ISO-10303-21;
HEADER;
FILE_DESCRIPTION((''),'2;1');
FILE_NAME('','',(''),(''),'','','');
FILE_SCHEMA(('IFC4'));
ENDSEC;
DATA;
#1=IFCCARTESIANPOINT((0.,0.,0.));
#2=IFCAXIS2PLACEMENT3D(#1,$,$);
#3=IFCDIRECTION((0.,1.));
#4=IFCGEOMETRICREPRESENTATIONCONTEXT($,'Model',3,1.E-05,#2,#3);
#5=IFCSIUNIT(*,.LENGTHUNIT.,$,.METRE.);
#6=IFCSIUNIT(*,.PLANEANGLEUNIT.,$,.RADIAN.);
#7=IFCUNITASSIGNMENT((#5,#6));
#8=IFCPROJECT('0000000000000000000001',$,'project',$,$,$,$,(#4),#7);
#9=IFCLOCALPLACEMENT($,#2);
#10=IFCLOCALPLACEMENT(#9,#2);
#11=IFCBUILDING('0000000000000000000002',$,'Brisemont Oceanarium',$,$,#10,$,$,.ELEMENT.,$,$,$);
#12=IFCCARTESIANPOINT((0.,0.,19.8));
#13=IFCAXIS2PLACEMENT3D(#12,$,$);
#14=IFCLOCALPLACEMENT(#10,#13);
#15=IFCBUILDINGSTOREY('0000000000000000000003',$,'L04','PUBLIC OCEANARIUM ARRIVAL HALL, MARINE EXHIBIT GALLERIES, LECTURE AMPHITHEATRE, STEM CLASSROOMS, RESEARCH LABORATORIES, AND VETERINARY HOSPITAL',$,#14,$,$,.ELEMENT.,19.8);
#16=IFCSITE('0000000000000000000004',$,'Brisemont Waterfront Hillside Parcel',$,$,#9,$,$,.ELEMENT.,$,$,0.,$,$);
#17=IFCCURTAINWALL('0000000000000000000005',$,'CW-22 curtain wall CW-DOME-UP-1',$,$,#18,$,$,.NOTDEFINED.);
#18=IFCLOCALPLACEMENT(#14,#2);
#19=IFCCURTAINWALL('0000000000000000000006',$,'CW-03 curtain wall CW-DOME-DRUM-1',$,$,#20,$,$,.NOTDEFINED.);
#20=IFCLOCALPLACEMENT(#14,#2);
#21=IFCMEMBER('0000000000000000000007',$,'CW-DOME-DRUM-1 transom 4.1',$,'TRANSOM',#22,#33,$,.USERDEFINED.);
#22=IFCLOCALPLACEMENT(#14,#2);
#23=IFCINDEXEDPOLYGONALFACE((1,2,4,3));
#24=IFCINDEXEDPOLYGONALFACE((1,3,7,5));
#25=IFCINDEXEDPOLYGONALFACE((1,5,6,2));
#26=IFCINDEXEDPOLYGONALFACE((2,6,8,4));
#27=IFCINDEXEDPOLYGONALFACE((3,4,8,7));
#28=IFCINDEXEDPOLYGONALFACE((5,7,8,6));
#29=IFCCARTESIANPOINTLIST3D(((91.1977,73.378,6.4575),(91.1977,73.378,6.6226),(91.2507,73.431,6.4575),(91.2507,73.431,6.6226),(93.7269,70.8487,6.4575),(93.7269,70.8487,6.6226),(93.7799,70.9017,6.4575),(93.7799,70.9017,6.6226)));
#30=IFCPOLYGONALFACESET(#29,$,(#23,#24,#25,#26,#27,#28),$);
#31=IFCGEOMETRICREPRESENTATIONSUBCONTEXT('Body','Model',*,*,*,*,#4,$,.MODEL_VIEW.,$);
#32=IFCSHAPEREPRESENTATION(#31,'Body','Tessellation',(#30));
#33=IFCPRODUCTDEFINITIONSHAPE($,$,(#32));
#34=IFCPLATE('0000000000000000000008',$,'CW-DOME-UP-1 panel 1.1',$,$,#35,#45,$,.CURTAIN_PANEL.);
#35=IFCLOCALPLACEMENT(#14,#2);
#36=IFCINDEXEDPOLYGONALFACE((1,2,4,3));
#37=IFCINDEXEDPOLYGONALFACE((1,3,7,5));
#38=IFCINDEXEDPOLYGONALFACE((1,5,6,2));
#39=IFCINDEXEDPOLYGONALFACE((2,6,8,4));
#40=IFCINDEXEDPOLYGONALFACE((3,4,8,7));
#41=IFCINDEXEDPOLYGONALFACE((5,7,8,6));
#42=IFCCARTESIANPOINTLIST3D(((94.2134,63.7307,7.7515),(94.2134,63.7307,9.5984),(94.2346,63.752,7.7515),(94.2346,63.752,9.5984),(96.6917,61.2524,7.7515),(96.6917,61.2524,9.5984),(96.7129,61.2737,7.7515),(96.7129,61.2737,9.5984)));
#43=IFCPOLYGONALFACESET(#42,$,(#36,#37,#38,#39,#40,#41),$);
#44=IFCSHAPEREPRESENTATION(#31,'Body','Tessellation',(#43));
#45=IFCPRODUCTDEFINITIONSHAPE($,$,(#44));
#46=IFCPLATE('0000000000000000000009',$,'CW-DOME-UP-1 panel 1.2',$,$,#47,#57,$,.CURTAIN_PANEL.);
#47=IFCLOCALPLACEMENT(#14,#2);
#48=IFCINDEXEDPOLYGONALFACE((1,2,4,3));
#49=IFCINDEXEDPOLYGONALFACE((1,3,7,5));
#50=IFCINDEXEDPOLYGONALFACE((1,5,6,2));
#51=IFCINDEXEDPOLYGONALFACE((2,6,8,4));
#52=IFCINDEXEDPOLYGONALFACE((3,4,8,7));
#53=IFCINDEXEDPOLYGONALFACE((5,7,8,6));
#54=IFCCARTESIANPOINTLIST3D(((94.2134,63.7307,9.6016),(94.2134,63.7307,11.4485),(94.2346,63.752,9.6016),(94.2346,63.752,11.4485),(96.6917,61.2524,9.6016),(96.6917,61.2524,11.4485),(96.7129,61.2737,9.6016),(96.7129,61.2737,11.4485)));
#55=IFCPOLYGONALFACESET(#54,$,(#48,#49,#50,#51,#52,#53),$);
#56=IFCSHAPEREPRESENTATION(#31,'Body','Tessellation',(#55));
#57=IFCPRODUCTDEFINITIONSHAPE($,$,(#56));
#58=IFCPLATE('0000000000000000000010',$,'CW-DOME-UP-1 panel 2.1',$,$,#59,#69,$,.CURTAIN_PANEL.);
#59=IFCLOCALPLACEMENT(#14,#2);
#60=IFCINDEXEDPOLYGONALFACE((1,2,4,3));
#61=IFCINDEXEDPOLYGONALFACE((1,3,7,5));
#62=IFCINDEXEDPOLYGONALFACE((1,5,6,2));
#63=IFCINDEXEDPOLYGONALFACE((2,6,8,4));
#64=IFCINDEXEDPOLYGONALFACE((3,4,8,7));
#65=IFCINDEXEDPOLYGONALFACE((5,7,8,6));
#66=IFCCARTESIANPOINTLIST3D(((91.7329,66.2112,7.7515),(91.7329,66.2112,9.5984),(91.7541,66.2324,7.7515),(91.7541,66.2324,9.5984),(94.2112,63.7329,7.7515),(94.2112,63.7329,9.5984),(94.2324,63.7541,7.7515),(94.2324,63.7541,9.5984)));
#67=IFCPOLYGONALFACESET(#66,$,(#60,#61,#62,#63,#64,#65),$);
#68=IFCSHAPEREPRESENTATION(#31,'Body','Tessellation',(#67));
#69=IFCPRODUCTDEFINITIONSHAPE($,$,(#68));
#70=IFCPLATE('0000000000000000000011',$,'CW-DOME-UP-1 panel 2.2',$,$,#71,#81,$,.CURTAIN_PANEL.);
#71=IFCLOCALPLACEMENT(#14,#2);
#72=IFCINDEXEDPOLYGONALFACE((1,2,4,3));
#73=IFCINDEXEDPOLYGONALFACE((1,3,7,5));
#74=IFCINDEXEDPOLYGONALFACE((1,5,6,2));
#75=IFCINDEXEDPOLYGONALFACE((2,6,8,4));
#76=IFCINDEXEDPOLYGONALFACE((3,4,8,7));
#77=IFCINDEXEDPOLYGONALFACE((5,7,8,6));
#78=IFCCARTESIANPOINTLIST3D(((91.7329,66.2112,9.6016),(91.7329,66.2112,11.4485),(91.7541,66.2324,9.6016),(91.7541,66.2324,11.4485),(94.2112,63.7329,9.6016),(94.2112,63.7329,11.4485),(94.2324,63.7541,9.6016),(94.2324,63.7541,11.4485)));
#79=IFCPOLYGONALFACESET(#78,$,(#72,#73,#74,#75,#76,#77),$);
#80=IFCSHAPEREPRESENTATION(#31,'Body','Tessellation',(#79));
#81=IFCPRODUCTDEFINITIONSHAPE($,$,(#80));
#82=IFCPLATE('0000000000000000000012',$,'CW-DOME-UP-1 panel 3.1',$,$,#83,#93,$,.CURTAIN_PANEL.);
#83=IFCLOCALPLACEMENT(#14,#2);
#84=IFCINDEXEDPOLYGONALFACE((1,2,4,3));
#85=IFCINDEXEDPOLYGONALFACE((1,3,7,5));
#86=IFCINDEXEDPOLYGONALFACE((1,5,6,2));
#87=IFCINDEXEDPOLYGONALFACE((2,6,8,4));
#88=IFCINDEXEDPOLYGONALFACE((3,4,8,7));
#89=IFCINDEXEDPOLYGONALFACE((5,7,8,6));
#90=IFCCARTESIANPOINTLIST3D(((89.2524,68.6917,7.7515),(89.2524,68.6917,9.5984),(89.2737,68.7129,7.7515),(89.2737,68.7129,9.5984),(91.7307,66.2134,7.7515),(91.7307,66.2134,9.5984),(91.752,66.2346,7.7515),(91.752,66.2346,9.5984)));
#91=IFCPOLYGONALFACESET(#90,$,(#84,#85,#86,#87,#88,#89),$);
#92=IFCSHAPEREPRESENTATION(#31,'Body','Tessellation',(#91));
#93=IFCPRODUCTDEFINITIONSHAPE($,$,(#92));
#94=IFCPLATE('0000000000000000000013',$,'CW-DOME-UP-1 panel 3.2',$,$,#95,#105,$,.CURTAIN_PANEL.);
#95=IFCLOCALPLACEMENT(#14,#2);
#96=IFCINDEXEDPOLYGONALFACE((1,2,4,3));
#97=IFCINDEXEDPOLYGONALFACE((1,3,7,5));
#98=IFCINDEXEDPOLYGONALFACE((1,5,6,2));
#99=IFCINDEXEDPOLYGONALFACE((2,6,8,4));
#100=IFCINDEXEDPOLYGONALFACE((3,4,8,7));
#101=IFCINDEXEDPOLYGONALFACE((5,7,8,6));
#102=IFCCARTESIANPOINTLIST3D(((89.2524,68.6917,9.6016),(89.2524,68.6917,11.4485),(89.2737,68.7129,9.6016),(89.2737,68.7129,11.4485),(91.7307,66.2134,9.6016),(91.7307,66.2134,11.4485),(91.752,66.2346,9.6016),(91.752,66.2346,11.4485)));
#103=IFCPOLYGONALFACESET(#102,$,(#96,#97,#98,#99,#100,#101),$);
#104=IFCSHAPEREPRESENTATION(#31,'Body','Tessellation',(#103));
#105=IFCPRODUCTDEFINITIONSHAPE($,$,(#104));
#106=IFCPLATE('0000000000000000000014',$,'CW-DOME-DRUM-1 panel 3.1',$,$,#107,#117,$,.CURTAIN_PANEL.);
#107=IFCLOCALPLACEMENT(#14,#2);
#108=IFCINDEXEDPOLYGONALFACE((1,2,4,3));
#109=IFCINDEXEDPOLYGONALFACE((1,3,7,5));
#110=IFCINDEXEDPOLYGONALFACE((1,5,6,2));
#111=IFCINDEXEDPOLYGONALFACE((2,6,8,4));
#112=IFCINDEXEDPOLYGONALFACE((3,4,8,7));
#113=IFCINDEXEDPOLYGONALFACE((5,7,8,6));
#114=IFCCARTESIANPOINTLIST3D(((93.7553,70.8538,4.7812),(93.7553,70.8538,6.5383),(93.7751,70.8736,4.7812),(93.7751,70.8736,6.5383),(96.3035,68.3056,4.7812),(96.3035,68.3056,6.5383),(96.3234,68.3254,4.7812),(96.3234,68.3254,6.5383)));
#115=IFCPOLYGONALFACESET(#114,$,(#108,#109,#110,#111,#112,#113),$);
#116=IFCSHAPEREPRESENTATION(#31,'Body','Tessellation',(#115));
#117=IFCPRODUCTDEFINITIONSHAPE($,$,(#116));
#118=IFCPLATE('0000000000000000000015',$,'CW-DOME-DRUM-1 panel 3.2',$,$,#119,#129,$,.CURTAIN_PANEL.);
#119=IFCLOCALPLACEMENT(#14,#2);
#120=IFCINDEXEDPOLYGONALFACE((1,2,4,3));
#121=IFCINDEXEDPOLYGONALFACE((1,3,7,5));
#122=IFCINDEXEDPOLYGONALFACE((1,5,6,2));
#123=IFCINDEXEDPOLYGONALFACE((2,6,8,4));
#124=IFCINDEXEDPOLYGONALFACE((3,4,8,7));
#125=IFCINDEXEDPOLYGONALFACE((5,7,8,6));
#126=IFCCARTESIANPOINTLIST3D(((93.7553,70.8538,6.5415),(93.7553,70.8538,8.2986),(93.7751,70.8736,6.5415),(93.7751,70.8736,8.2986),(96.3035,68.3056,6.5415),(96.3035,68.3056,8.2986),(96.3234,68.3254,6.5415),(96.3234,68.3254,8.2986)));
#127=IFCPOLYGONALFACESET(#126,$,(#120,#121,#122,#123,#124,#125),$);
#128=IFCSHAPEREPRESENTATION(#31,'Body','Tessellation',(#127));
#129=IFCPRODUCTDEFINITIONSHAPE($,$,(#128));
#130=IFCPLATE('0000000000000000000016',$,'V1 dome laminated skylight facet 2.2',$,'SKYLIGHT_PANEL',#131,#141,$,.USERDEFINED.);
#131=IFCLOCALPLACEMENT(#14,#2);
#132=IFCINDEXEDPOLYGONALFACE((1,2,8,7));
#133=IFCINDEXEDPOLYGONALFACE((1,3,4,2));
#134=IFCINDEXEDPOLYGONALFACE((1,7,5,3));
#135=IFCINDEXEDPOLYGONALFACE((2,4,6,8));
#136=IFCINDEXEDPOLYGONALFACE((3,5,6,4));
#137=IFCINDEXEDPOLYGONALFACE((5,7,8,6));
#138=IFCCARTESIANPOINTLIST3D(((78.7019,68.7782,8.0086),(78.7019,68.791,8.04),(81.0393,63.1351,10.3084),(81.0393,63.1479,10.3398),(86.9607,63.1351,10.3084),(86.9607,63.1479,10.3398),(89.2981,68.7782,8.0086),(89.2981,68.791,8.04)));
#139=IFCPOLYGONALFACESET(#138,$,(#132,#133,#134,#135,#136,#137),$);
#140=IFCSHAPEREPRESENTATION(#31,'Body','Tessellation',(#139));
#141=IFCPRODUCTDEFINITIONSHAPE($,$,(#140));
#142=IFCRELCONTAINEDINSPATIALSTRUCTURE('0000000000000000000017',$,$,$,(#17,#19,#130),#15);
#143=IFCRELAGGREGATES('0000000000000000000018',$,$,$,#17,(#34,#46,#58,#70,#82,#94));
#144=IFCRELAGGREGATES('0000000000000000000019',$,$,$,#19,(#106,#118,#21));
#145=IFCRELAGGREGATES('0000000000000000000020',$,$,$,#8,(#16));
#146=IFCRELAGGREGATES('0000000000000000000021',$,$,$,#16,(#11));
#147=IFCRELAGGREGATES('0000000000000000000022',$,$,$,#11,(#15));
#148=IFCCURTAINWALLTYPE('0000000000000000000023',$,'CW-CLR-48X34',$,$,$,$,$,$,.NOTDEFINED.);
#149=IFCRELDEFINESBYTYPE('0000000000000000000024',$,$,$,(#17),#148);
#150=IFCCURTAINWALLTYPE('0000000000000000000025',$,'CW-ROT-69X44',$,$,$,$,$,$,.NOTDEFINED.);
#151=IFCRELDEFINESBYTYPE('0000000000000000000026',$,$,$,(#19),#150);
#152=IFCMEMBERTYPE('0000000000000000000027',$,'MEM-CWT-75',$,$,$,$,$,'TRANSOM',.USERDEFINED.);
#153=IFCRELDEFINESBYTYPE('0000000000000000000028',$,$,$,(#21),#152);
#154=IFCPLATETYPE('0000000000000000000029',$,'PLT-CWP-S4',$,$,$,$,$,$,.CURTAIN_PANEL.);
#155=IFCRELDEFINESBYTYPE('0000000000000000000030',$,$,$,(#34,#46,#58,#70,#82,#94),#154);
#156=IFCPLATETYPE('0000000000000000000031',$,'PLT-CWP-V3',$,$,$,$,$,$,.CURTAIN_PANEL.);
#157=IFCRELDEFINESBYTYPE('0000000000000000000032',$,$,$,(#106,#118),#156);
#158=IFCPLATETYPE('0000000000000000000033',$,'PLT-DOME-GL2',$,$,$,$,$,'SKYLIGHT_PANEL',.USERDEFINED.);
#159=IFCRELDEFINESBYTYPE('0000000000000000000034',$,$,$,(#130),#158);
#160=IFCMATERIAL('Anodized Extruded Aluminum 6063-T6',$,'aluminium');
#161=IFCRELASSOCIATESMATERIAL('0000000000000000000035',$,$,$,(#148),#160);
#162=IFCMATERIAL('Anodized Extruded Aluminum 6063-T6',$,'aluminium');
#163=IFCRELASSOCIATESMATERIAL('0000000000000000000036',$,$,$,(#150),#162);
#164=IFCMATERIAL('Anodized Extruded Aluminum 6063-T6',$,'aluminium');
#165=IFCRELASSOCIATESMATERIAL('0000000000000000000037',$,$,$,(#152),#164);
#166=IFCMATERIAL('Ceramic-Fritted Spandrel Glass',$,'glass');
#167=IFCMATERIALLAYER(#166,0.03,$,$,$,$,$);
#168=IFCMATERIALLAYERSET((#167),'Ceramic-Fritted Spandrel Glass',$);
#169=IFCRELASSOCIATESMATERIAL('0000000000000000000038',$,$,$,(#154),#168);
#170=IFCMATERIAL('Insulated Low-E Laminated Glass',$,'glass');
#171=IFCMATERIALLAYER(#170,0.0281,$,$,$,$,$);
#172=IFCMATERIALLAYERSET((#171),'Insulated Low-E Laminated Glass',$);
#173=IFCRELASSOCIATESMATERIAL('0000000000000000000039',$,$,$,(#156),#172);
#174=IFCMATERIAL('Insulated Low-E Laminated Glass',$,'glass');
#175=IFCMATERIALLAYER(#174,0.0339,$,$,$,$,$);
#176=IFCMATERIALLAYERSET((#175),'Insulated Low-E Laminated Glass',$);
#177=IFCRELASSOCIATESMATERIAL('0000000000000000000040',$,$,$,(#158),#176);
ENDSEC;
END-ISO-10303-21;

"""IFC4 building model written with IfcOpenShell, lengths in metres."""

from ifc_helpers import new_model, si_unit, direction, frame, origin, origin_2d, place, context, subcontext, project, spatial, polyline, rectangle, outline, extrude, material, layer, layer_set, material_profile, profile_set, type_object, element, aggregate, save


model = new_model("IFC4")

# Units and contexts
model_context = context("Model", 3, precision=1e-05, world=origin(), true_north=direction((0.0, 1.0)))
body_context = subcontext(model_context, "Body", "Model", "MODEL_VIEW")
ifc_project = project(units=[si_unit("LENGTHUNIT", "METRE"), si_unit("PLANEANGLEUNIT", "RADIAN")], contexts=[model_context])

# Site, building, storey
site_placement = place(None, origin())
site = spatial("IfcSite", under=ifc_project, at=site_placement, Name="Brisemont Waterfront Hillside Parcel", CompositionType="ELEMENT", RefElevation=0.0)
building_placement = place(site_placement, origin())
building = spatial("IfcBuilding", under=site, at=building_placement, Name="Brisemont Oceanarium", CompositionType="ELEMENT")
storey_placement = place(building_placement, frame((0.0, 0.0, 19.8)))
storey = spatial("IfcBuildingStorey", under=building, at=storey_placement, Name="L04", Description="PUBLIC OCEANARIUM ARRIVAL HALL, MARINE EXHIBIT GALLERIES, LECTURE AMPHITHEATRE, STEM CLASSROOMS, RESEARCH LABORATORIES, AND VETERINARY HOSPITAL", CompositionType="ELEMENT", Elevation=19.8)

# Curtain wall
ifc_material_1 = material(Name="Anodized Extruded Aluminum 6063-T6", Category="aluminium")
curtain_wall_type_1 = type_object("IfcCurtainWallType", Name="CW-CLR-48X34", PredefinedType="NOTDEFINED", material=ifc_material_1)
curtain_wall_1_placement = place(storey_placement, origin())
curtain_wall_1 = element("IfcCurtainWall", 1, at=curtain_wall_1_placement, inside=storey, type_object=curtain_wall_type_1, Name="CW-22 curtain wall CW-DOME-UP-1", PredefinedType="NOTDEFINED")

# Curtain wall
ifc_material_2 = material(Name="Anodized Extruded Aluminum 6063-T6", Category="aluminium")
curtain_wall_type_2 = type_object("IfcCurtainWallType", Name="CW-ROT-69X44", PredefinedType="NOTDEFINED", material=ifc_material_2)
curtain_wall_2_placement = place(storey_placement, origin())
curtain_wall_2 = element("IfcCurtainWall", 2, at=curtain_wall_2_placement, inside=storey, type_object=curtain_wall_type_2, Name="CW-03 curtain wall CW-DOME-DRUM-1", PredefinedType="NOTDEFINED")

# Member
ifc_material_3 = material(Name="Anodized Extruded Aluminum 6063-T6", Category="aluminium")
ifc_material_profile_1 = material_profile(ifc_material_3, rectangle(XDim=0.075, YDim=0.165, at=origin_2d()), Name="CWT-75X165")
ifc_profile_set_1 = profile_set([ifc_material_profile_1], Name="Anodized Extruded Aluminum 6063-T6")
member_type_1 = type_object("IfcMemberType", Name="MEM-CWT-75", ElementType="TRANSOM", PredefinedType="USERDEFINED", material=ifc_profile_set_1)
member_1_placement = place(storey_placement, frame((93.7534, 70.8752, 6.54), z_axis=(-0.707107, 0.707107, 0.0), x_axis=(-0.707107, -0.707107, 0.0)))
member_1 = element("IfcMember", 3, at=member_1_placement, type_object=member_type_1, Name="CW-DOME-DRUM-1 transom 4.1", ObjectType="TRANSOM", PredefinedType="USERDEFINED", context=body_context, shape_type="SweptSolid", body=[
    extrude(rectangle(XDim=0.075, YDim=0.165, at=origin_2d()), origin(), (0.0, 0.0, 1.0), 3.5769),
])

# Plates
ifc_material_4 = material(Name="Ceramic-Fritted Spandrel Glass", Category="glass")
ifc_layer_1 = layer(ifc_material_4, 0.03)
ifc_layer_set_1 = layer_set([ifc_layer_1], Name="Ceramic-Fritted Spandrel Glass")
plate_type_1 = type_object("IfcPlateType", Name="PLT-CWP-S4", PredefinedType="CURTAIN_PANEL", material=ifc_layer_set_1)
plate_1_placement = place(storey_placement, frame((95.4631, 62.5022, 7.7515), z_axis=(0.0, 0.0, 1.0), x_axis=(-0.707107, 0.707107, 0.0)))
plate_1 = element("IfcPlate", 4, at=plate_1_placement, type_object=plate_type_1, Name="CW-DOME-UP-1 panel 1.1", PredefinedType="CURTAIN_PANEL", context=body_context, shape_type="SweptSolid", body=[
    extrude(rectangle(XDim=3.5049, YDim=0.03, at=origin_2d()), origin(), (0.0, 0.0, 1.0), 1.8469),
])
plate_2_placement = place(storey_placement, frame((95.4631, 62.5022, 9.6016), z_axis=(0.0, 0.0, 1.0), x_axis=(-0.707107, 0.707107, 0.0)))
plate_2 = element("IfcPlate", 5, at=plate_2_placement, type_object=plate_type_1, Name="CW-DOME-UP-1 panel 1.2", PredefinedType="CURTAIN_PANEL", context=body_context, shape_type="SweptSolid", body=[
    extrude(rectangle(XDim=3.5049, YDim=0.03, at=origin_2d()), origin(), (0.0, 0.0, 1.0), 1.8469),
])
plate_3_placement = place(storey_placement, frame((92.9827, 64.9827, 7.7515), z_axis=(0.0, 0.0, 1.0), x_axis=(-0.707107, 0.707107, 0.0)))
plate_3 = element("IfcPlate", 6, at=plate_3_placement, type_object=plate_type_1, Name="CW-DOME-UP-1 panel 2.1", PredefinedType="CURTAIN_PANEL", context=body_context, shape_type="SweptSolid", body=[
    extrude(rectangle(XDim=3.5049, YDim=0.03, at=origin_2d()), origin(), (0.0, 0.0, 1.0), 1.8469),
])
plate_4_placement = place(storey_placement, frame((92.9827, 64.9827, 9.6016), z_axis=(0.0, 0.0, 1.0), x_axis=(-0.707107, 0.707107, 0.0)))
plate_4 = element("IfcPlate", 7, at=plate_4_placement, type_object=plate_type_1, Name="CW-DOME-UP-1 panel 2.2", PredefinedType="CURTAIN_PANEL", context=body_context, shape_type="SweptSolid", body=[
    extrude(rectangle(XDim=3.5049, YDim=0.03, at=origin_2d()), origin(), (0.0, 0.0, 1.0), 1.8469),
])
plate_5_placement = place(storey_placement, frame((90.5022, 67.4631, 7.7515), z_axis=(0.0, 0.0, 1.0), x_axis=(-0.707107, 0.707107, 0.0)))
plate_5 = element("IfcPlate", 8, at=plate_5_placement, type_object=plate_type_1, Name="CW-DOME-UP-1 panel 3.1", PredefinedType="CURTAIN_PANEL", context=body_context, shape_type="SweptSolid", body=[
    extrude(rectangle(XDim=3.5049, YDim=0.03, at=origin_2d()), origin(), (0.0, 0.0, 1.0), 1.8469),
])
plate_6_placement = place(storey_placement, frame((90.5022, 67.4631, 9.6016), z_axis=(0.0, 0.0, 1.0), x_axis=(-0.707107, 0.707107, 0.0)))
plate_6 = element("IfcPlate", 9, at=plate_6_placement, type_object=plate_type_1, Name="CW-DOME-UP-1 panel 3.2", PredefinedType="CURTAIN_PANEL", context=body_context, shape_type="SweptSolid", body=[
    extrude(rectangle(XDim=3.5049, YDim=0.03, at=origin_2d()), origin(), (0.0, 0.0, 1.0), 1.8469),
])
aggregate(curtain_wall_1, [plate_1, plate_2, plate_3, plate_4, plate_5, plate_6])
ifc_material_5 = material(Name="Insulated Low-E Laminated Glass", Category="glass")
ifc_layer_2 = layer(ifc_material_5, 0.0281)
ifc_layer_set_2 = layer_set([ifc_layer_2], Name="Insulated Low-E Laminated Glass")
plate_type_2 = type_object("IfcPlateType", Name="PLT-CWP-V3", PredefinedType="CURTAIN_PANEL", material=ifc_layer_set_2)
plate_7_placement = place(storey_placement, frame((95.0393, 69.5896, 4.7812), z_axis=(0.0, 0.0, 1.0), x_axis=(-0.707107, 0.707107, 0.0)))
plate_7 = element("IfcPlate", 10, at=plate_7_placement, type_object=plate_type_2, Name="CW-DOME-DRUM-1 panel 3.1", PredefinedType="CURTAIN_PANEL", context=body_context, shape_type="SweptSolid", body=[
    extrude(rectangle(XDim=3.6038, YDim=0.0281, at=origin_2d()), origin(), (0.0, 0.0, 1.0), 1.7571),
])
plate_8_placement = place(storey_placement, frame((95.0393, 69.5896, 6.5415), z_axis=(0.0, 0.0, 1.0), x_axis=(-0.707107, 0.707107, 0.0)))
plate_8 = element("IfcPlate", 11, at=plate_8_placement, type_object=plate_type_2, Name="CW-DOME-DRUM-1 panel 3.2", PredefinedType="CURTAIN_PANEL", context=body_context, shape_type="SweptSolid", body=[
    extrude(rectangle(XDim=3.6038, YDim=0.0281, at=origin_2d()), origin(), (0.0, 0.0, 1.0), 1.7571),
])
aggregate(curtain_wall_2, [plate_7, plate_8, member_1])
ifc_material_6 = material(Name="Insulated Low-E Laminated Glass", Category="glass")
ifc_layer_3 = layer(ifc_material_6, 0.0339)
ifc_layer_set_3 = layer_set([ifc_layer_3], Name="Insulated Low-E Laminated Glass")
plate_type_3 = type_object("IfcPlateType", Name="PLT-DOME-GL2", ElementType="SKYLIGHT_PANEL", PredefinedType="USERDEFINED", material=ifc_layer_set_3)
plate_9_placement = place(storey_placement, frame((89.2981, 68.791, 8.04), z_axis=(0.0, 0.377406, 0.926048), x_axis=(-1.0, 0.0, 0.0)))
element("IfcPlate", 12, at=plate_9_placement, inside=storey, type_object=plate_type_3, Name="V1 dome laminated skylight facet 2.2", ObjectType="SKYLIGHT_PANEL", PredefinedType="USERDEFINED", context=body_context, shape_type="SweptSolid", body=[
    extrude(outline(polyline([(0.0, 0.0), (10.5962, 0.0), (8.2588, 6.0937), (2.3374, 6.0937), (0.0, 0.0)])), origin(), (0.0, 0.0, -1.0), 0.0339),
])

save(model, "model.ifc")
